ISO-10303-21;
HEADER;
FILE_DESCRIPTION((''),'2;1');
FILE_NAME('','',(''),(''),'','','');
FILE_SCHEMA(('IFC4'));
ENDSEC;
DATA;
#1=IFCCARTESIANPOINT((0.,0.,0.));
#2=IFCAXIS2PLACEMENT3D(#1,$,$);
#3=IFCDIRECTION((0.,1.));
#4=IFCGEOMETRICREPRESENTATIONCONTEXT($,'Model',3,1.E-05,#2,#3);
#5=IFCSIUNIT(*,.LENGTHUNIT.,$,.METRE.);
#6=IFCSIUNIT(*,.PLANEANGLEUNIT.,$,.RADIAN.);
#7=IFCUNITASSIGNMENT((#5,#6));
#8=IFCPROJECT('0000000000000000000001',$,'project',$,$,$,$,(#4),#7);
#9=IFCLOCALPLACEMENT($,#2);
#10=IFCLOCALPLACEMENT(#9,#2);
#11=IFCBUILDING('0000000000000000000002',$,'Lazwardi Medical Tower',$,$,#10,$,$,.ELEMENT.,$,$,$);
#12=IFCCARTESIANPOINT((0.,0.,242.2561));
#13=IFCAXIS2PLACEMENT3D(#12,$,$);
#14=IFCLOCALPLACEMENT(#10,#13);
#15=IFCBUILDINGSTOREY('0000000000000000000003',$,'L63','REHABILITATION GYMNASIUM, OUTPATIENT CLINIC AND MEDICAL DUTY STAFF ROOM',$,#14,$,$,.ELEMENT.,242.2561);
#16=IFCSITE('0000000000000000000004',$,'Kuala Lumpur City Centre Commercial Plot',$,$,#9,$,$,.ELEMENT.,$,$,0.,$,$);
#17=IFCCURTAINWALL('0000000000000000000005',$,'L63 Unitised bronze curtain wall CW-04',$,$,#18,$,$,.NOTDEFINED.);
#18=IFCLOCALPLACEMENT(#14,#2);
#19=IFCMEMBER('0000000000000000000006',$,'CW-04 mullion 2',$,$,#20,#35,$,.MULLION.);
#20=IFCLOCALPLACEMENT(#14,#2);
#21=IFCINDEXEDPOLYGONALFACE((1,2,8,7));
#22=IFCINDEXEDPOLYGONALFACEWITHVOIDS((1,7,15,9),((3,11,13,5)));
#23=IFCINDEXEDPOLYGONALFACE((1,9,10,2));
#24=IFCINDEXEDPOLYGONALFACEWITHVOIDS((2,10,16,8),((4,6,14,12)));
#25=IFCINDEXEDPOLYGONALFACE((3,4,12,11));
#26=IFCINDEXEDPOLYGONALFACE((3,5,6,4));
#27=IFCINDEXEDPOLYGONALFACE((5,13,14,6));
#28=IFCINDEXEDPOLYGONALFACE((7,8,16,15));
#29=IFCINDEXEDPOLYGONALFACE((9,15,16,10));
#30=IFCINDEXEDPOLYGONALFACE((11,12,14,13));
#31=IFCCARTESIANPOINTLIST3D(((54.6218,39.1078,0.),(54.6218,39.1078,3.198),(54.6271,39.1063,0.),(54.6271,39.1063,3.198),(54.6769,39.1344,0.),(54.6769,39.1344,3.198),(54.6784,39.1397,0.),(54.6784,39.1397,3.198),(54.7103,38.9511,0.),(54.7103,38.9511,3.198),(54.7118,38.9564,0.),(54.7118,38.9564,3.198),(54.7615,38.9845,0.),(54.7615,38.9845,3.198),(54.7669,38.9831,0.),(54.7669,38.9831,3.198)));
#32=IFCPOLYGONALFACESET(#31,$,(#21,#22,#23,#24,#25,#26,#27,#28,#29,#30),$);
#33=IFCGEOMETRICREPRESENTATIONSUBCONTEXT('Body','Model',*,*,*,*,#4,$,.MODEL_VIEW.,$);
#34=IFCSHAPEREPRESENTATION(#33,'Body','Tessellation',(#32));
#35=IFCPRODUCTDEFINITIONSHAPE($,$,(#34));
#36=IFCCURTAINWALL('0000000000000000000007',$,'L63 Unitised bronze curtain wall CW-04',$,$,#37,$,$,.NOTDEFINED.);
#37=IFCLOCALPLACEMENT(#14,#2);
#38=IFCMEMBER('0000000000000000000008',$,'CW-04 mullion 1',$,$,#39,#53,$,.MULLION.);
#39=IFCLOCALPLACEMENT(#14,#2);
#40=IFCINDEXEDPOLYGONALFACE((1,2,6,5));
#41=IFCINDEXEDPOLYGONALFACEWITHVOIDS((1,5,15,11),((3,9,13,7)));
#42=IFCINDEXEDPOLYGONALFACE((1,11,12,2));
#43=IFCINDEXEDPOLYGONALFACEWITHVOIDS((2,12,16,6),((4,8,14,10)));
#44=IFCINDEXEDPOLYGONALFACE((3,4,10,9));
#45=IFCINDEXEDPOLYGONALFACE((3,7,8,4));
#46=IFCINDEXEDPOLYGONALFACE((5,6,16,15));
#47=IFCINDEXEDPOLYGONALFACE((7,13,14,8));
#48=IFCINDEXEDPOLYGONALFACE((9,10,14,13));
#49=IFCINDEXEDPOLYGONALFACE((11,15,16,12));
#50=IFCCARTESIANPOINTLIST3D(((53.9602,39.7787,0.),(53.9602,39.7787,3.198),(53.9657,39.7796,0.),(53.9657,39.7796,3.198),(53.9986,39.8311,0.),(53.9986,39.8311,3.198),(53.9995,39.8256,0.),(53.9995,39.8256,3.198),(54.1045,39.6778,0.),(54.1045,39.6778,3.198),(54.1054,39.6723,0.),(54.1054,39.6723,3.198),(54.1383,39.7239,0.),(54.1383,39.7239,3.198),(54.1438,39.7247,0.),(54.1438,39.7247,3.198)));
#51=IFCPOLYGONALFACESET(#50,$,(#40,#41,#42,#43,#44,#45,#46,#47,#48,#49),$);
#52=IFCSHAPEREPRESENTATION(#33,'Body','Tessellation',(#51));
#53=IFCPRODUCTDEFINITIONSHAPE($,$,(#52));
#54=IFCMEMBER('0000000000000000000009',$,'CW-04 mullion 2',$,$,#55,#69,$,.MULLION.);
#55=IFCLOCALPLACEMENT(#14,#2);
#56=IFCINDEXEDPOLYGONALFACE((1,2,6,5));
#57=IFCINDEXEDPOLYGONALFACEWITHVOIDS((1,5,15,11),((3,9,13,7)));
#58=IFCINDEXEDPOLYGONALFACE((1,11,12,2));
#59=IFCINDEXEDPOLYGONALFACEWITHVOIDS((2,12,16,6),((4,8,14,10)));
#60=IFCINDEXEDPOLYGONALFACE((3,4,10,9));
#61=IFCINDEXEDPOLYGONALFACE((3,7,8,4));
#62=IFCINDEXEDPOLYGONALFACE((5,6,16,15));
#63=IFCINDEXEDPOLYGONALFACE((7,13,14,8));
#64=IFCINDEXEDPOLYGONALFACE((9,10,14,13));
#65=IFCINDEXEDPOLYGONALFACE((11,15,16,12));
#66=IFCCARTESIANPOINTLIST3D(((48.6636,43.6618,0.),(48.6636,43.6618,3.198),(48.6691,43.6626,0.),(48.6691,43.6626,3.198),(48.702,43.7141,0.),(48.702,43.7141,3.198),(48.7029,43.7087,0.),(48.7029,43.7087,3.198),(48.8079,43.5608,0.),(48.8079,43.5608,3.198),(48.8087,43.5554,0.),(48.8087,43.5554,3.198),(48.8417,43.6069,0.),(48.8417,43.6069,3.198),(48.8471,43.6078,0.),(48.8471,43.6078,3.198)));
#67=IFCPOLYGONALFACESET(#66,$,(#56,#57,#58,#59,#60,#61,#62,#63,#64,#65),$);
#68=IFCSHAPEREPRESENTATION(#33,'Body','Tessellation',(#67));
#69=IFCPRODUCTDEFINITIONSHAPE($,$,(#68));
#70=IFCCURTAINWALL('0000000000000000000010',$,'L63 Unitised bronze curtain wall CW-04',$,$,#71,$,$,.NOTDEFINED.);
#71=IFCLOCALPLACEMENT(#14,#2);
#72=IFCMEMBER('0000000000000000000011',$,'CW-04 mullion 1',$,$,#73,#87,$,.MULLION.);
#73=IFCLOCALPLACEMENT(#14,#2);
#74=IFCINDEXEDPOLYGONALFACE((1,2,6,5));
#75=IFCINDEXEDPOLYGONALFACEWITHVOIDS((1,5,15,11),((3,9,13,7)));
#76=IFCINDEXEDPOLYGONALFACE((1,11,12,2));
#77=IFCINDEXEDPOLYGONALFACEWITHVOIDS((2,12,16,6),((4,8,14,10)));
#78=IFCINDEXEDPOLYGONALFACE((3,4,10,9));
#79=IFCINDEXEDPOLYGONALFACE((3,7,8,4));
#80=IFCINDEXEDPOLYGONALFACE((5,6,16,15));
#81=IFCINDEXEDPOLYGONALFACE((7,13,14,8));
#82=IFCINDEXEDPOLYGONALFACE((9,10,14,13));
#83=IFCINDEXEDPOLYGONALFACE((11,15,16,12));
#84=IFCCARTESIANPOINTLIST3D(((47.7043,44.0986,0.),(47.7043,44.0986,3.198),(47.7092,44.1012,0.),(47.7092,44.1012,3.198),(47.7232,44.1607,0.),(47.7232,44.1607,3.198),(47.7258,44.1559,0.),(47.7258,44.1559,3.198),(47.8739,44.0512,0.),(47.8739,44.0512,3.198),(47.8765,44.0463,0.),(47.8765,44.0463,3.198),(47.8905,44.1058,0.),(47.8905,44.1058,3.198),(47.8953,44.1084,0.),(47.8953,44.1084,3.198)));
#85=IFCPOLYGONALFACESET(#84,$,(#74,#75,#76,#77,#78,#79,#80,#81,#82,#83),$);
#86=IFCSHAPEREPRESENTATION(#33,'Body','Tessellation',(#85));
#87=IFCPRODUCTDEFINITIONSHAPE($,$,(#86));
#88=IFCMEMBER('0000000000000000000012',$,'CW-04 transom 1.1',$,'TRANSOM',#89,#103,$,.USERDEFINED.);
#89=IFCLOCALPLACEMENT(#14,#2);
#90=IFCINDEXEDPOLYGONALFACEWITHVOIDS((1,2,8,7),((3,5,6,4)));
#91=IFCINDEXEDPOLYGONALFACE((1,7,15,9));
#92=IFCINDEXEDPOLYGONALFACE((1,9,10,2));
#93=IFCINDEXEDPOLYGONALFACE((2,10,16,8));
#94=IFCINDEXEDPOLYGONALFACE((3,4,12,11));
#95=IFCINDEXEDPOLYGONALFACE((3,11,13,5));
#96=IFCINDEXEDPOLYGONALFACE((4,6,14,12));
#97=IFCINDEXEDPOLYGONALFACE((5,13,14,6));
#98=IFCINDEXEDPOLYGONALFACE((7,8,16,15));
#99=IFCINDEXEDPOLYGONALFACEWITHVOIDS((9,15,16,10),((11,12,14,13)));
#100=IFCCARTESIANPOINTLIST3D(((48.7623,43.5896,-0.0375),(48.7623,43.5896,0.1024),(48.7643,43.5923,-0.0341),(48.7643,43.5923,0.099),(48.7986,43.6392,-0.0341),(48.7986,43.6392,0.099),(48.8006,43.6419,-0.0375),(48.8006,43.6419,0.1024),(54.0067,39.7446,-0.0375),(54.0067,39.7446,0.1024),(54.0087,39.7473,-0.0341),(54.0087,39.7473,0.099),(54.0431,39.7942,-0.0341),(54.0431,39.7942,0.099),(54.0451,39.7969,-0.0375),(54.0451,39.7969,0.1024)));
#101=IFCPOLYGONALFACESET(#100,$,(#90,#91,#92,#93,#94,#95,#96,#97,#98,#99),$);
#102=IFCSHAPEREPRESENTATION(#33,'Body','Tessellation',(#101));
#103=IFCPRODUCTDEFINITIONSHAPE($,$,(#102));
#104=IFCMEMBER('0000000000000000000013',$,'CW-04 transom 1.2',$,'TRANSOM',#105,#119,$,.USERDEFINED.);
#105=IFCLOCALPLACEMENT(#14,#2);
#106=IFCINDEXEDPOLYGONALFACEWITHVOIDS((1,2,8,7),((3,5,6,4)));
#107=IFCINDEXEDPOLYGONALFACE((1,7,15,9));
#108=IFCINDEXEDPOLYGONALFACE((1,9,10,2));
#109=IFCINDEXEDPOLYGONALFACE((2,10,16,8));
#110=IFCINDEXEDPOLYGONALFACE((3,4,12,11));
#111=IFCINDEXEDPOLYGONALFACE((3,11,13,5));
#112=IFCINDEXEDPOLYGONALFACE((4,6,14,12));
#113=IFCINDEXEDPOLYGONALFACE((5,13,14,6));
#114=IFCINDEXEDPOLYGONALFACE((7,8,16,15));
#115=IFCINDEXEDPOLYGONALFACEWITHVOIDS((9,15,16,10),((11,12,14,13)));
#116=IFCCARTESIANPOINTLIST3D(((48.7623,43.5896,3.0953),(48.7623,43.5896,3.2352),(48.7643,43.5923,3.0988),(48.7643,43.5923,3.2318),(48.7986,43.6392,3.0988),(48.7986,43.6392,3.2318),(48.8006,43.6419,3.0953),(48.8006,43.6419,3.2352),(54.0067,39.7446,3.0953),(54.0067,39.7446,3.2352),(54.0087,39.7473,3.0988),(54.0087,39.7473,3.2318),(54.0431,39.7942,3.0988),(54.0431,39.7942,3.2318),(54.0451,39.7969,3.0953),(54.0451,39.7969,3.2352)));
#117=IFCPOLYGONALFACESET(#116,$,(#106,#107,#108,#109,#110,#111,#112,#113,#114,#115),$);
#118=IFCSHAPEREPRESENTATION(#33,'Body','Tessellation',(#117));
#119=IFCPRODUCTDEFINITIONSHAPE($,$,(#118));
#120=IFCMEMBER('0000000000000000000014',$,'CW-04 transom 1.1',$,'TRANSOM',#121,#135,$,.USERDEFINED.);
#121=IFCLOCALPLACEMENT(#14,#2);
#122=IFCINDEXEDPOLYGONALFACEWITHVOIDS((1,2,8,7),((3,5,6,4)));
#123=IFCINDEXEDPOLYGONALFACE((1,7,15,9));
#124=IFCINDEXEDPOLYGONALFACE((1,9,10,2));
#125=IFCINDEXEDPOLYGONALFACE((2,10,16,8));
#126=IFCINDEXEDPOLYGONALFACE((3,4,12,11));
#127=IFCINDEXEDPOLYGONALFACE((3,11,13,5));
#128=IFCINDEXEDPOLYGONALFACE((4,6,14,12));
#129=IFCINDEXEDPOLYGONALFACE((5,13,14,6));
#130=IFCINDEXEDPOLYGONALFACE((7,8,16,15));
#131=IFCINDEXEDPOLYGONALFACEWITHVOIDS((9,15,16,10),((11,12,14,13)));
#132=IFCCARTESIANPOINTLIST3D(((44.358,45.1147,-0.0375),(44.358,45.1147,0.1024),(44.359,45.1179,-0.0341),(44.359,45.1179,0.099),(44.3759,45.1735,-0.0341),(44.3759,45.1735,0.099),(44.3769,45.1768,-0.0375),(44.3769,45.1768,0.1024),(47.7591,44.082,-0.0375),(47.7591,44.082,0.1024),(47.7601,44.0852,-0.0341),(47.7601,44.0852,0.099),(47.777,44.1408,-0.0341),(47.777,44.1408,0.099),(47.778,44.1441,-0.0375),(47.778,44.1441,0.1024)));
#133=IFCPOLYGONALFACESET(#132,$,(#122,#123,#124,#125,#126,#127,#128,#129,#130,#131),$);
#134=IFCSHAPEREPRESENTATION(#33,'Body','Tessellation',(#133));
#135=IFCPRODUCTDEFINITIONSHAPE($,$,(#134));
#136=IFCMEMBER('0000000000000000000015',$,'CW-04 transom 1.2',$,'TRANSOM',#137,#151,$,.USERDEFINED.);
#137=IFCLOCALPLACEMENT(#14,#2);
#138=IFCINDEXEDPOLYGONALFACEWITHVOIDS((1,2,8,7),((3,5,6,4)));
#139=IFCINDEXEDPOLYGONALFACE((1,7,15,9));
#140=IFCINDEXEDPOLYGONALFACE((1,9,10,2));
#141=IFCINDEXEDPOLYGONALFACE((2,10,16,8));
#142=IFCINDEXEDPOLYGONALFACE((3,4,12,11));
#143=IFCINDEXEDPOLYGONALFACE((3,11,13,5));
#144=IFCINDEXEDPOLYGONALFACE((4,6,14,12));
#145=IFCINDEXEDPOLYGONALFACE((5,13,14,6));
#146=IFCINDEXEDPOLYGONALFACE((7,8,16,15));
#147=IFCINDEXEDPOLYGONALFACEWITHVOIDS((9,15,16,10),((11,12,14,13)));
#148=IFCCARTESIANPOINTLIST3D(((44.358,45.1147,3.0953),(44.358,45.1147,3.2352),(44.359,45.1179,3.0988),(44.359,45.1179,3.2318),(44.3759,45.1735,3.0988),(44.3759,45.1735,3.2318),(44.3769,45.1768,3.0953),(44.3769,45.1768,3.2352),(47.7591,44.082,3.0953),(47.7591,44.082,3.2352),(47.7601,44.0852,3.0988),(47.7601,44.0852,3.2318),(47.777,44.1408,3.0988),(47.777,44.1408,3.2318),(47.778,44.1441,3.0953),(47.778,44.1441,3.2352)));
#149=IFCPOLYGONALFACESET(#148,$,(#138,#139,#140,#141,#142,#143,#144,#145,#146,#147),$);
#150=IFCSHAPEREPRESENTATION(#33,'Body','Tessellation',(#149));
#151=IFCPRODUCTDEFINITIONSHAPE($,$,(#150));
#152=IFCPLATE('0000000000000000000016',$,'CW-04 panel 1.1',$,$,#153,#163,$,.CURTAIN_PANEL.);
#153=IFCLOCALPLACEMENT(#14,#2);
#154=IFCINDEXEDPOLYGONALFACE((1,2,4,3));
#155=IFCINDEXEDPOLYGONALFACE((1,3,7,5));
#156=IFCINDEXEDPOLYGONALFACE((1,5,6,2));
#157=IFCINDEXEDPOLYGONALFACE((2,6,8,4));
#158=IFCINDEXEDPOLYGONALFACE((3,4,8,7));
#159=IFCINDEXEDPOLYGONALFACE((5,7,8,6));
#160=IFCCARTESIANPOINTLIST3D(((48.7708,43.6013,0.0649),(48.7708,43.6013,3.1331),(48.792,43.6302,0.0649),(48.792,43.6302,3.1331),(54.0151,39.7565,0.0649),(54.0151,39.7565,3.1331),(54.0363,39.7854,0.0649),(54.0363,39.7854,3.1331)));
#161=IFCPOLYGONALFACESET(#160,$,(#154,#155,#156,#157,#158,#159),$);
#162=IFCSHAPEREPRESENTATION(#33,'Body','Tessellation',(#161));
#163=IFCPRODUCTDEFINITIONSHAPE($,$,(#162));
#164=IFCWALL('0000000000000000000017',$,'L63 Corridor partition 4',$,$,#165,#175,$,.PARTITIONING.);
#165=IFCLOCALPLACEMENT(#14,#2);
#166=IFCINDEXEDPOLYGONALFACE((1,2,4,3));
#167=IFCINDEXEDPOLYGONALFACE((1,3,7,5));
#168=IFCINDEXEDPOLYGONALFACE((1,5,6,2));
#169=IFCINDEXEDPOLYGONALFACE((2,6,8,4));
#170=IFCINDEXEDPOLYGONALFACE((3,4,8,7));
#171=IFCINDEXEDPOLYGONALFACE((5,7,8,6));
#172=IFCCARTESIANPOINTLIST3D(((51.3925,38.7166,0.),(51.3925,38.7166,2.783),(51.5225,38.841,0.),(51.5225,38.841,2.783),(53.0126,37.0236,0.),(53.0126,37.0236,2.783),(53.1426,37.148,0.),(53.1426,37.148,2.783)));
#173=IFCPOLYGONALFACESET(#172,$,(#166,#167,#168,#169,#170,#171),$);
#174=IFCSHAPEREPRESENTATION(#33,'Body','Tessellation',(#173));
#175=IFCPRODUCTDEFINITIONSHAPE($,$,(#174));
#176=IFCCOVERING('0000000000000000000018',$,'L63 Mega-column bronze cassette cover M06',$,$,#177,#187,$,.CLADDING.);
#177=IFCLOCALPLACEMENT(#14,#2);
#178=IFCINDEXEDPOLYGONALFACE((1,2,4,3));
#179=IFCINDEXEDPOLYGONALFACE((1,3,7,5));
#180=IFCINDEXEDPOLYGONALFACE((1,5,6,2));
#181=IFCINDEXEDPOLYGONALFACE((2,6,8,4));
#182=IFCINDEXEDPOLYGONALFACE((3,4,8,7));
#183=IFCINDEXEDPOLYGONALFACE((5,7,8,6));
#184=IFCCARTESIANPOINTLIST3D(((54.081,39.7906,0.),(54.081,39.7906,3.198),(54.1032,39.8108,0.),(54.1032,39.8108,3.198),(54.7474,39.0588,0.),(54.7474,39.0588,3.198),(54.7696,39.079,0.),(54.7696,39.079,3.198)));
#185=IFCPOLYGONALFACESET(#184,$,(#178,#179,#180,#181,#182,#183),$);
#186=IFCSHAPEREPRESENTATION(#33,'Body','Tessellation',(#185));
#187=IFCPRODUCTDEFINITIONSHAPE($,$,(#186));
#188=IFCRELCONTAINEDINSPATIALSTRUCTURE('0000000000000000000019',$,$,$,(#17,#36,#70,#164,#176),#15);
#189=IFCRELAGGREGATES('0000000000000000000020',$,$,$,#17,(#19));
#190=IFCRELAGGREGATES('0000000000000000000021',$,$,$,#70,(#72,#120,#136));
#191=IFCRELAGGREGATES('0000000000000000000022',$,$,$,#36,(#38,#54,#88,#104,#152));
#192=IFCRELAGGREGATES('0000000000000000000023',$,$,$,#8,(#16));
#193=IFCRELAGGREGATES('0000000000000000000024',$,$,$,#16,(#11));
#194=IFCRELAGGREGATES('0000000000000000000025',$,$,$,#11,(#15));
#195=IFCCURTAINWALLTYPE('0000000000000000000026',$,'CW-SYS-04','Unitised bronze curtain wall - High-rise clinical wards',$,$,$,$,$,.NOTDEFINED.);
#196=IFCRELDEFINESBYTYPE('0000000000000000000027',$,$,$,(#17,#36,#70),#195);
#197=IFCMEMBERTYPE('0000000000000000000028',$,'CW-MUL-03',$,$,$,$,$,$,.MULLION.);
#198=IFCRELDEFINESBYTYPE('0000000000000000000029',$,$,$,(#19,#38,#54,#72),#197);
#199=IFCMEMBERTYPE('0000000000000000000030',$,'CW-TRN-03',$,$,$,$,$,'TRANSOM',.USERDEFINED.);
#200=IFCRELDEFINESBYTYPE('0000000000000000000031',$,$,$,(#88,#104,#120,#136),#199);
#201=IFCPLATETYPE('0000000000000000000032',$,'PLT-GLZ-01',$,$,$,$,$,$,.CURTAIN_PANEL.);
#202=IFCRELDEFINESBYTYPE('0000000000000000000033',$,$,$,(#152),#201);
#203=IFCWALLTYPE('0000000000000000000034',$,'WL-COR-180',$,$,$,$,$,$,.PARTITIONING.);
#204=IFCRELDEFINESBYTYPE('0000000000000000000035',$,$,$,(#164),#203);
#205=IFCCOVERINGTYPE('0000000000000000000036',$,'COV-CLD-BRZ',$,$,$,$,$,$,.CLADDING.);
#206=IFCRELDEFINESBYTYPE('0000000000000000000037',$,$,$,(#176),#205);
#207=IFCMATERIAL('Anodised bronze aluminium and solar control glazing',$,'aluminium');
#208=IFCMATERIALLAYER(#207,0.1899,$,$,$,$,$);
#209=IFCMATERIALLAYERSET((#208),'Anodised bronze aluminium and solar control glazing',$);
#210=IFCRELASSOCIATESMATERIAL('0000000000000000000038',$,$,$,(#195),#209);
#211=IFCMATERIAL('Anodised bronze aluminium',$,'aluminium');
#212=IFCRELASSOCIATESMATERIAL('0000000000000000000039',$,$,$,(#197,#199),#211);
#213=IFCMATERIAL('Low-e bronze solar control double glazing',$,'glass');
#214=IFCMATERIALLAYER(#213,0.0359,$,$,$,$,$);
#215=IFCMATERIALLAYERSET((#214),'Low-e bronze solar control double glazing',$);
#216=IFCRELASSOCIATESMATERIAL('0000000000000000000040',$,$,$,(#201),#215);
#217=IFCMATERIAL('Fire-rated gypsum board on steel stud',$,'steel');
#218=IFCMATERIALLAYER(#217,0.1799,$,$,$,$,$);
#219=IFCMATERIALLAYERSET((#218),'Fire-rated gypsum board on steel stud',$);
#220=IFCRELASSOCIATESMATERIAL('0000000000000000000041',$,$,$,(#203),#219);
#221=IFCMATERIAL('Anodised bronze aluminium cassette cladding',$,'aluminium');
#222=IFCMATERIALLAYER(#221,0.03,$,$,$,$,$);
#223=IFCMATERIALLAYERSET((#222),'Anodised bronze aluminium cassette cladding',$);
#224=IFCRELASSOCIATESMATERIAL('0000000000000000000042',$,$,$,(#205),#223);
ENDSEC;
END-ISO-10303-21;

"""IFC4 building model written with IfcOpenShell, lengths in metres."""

from ifc_helpers import new_model, si_unit, direction, frame, frame_2d, origin, origin_2d, place, context, subcontext, project, spatial, rectangle, hollow_rectangle, extrude, material, layer, layer_set, material_profile, profile_set, type_object, element, aggregate, save


model = new_model("IFC4")

# Units and contexts
model_context = context("Model", 3, precision=1e-05, world=origin(), true_north=direction((0.0, 1.0)))
body_context = subcontext(model_context, "Body", "Model", "MODEL_VIEW")
ifc_project = project(units=[si_unit("LENGTHUNIT", "METRE"), si_unit("PLANEANGLEUNIT", "RADIAN")], contexts=[model_context])

# Site, building, storey
site_placement = place(None, origin())
site = spatial("IfcSite", under=ifc_project, at=site_placement, Name="Kuala Lumpur City Centre Commercial Plot", CompositionType="ELEMENT", RefElevation=0.0)
building_placement = place(site_placement, origin())
building = spatial("IfcBuilding", under=site, at=building_placement, Name="Lazwardi Medical Tower", CompositionType="ELEMENT")
storey_placement = place(building_placement, frame((0.0, 0.0, 242.2561)))
storey = spatial("IfcBuildingStorey", under=building, at=storey_placement, Name="L63", Description="REHABILITATION GYMNASIUM, OUTPATIENT CLINIC AND MEDICAL DUTY STAFF ROOM", CompositionType="ELEMENT", Elevation=242.2561)

# Curtain wall, member
ifc_material_1 = material(Name="Anodised bronze aluminium and solar control glazing", Category="aluminium")
ifc_layer_1 = layer(ifc_material_1, 0.1899)
ifc_layer_set_1 = layer_set([ifc_layer_1], Name="Anodised bronze aluminium and solar control glazing")
curtain_wall_type = type_object("IfcCurtainWallType", Name="CW-SYS-04", Description="Unitised bronze curtain wall - High-rise clinical wards", PredefinedType="NOTDEFINED", material=ifc_layer_set_1)
curtain_wall_1_placement = place(storey_placement, origin())
curtain_wall_1 = element("IfcCurtainWall", 1, at=curtain_wall_1_placement, inside=storey, type_object=curtain_wall_type, Name="L63 Unitised bronze curtain wall CW-04", PredefinedType="NOTDEFINED")
ifc_material_2 = material(Name="Anodised bronze aluminium", Category="aluminium")
ifc_material_profile_1 = material_profile(ifc_material_2, hollow_rectangle(XDim=0.0649, YDim=0.1799, WallThickness=0.0039, at=origin_2d()), Name="ALU-MULLION 180x65x4")
ifc_profile_set_1 = profile_set([ifc_material_profile_1], Name="Anodised bronze aluminium")
member_type_1 = type_object("IfcMemberType", Name="CW-MUL-03", PredefinedType="MULLION", material=ifc_profile_set_1)
member_1_placement = place(storey_placement, frame((54.6943, 39.0454, 0.0), z_axis=(0.0, 0.0, 1.0), x_axis=(-0.870651, -0.4919, 0.0)))
member_1 = element("IfcMember", 2, at=member_1_placement, type_object=member_type_1, Name="CW-04 mullion 2", PredefinedType="MULLION", context=body_context, shape_type="SweptSolid", body=[
    extrude(hollow_rectangle(XDim=0.0649, YDim=0.1799, WallThickness=0.0039, at=origin_2d()), origin(), (0.0, 0.0, 1.0), 3.198),
])
aggregate(curtain_wall_1, [member_1])

# Curtain wall, members
curtain_wall_2_placement = place(storey_placement, origin())
curtain_wall_2 = element("IfcCurtainWall", 3, at=curtain_wall_2_placement, inside=storey, type_object=curtain_wall_type, Name="L63 Unitised bronze curtain wall CW-04", PredefinedType="NOTDEFINED")
member_2_placement = place(storey_placement, frame((54.052, 39.7517, 0.0), z_axis=(0.0, 0.0, 1.0), x_axis=(-0.591268, -0.806475, 0.0)))
member_2 = element("IfcMember", 4, at=member_2_placement, type_object=member_type_1, Name="CW-04 mullion 1", PredefinedType="MULLION", context=body_context, shape_type="SweptSolid", body=[
    extrude(hollow_rectangle(XDim=0.0649, YDim=0.1799, WallThickness=0.0039, at=origin_2d()), origin(), (0.0, 0.0, 1.0), 3.198),
])
member_3_placement = place(storey_placement, frame((48.7554, 43.6348, 0.0), z_axis=(0.0, 0.0, 1.0), x_axis=(-0.591268, -0.806475, 0.0)))
member_3 = element("IfcMember", 5, at=member_3_placement, type_object=member_type_1, Name="CW-04 mullion 2", PredefinedType="MULLION", context=body_context, shape_type="SweptSolid", body=[
    extrude(hollow_rectangle(XDim=0.0649, YDim=0.1799, WallThickness=0.0039, at=origin_2d()), origin(), (0.0, 0.0, 1.0), 3.198),
])

# Curtain wall, member
curtain_wall_3_placement = place(storey_placement, origin())
curtain_wall_3 = element("IfcCurtainWall", 6, at=curtain_wall_3_placement, inside=storey, type_object=curtain_wall_type, Name="L63 Unitised bronze curtain wall CW-04", PredefinedType="NOTDEFINED")
member_4_placement = place(storey_placement, frame((47.7998, 44.1035, 0.0), z_axis=(0.0, 0.0, 1.0), x_axis=(-0.290582, -0.95685, 0.0)))
member_4 = element("IfcMember", 7, at=member_4_placement, type_object=member_type_1, Name="CW-04 mullion 1", PredefinedType="MULLION", context=body_context, shape_type="SweptSolid", body=[
    extrude(hollow_rectangle(XDim=0.0649, YDim=0.1799, WallThickness=0.0039, at=origin_2d()), origin(), (0.0, 0.0, 1.0), 3.198),
])

# Members
ifc_material_profile_2 = material_profile(ifc_material_2, hollow_rectangle(XDim=0.0649, YDim=0.1399, WallThickness=0.0034, at=origin_2d()), Name="ALU-TRANSOM 140x65x3.5")
ifc_profile_set_2 = profile_set([ifc_material_profile_2], Name="Anodised bronze aluminium")
member_type_2 = type_object("IfcMemberType", Name="CW-TRN-03", ElementType="TRANSOM", PredefinedType="USERDEFINED", material=ifc_profile_set_2)
member_5_placement = place(storey_placement, frame((54.0259, 39.7708, 0.0325), z_axis=(-0.806472, 0.591273, 0.0), x_axis=(-0.591273, -0.806472, 0.0)))
member_5 = element("IfcMember", 8, at=member_5_placement, type_object=member_type_2, Name="CW-04 transom 1.1", ObjectType="TRANSOM", PredefinedType="USERDEFINED", context=body_context, shape_type="SweptSolid", body=[
    extrude(hollow_rectangle(XDim=0.0649, YDim=0.1399, WallThickness=0.0034, at=origin_2d()), origin(), (0.0, 0.0, 1.0), 6.5029),
])
member_6_placement = place(storey_placement, frame((54.0259, 39.7708, 3.1653), z_axis=(-0.806472, 0.591273, 0.0), x_axis=(-0.591273, -0.806472, 0.0)))
member_6 = element("IfcMember", 9, at=member_6_placement, type_object=member_type_2, Name="CW-04 transom 1.2", ObjectType="TRANSOM", PredefinedType="USERDEFINED", context=body_context, shape_type="SweptSolid", body=[
    extrude(hollow_rectangle(XDim=0.0649, YDim=0.1399, WallThickness=0.0034, at=origin_2d()), origin(), (0.0, 0.0, 1.0), 6.5029),
])
member_7_placement = place(storey_placement, frame((47.7686, 44.113, 0.0325), z_axis=(-0.956863, 0.290541, 0.0), x_axis=(-0.290541, -0.956863, 0.0)))
member_7 = element("IfcMember", 10, at=member_7_placement, type_object=member_type_2, Name="CW-04 transom 1.1", ObjectType="TRANSOM", PredefinedType="USERDEFINED", context=body_context, shape_type="SweptSolid", body=[
    extrude(hollow_rectangle(XDim=0.0649, YDim=0.1399, WallThickness=0.0034, at=origin_2d()), origin(), (0.0, 0.0, 1.0), 3.5544),
])
member_8_placement = place(storey_placement, frame((47.7686, 44.113, 3.1653), z_axis=(-0.956863, 0.290541, 0.0), x_axis=(-0.290541, -0.956863, 0.0)))
member_8 = element("IfcMember", 11, at=member_8_placement, type_object=member_type_2, Name="CW-04 transom 1.2", ObjectType="TRANSOM", PredefinedType="USERDEFINED", context=body_context, shape_type="SweptSolid", body=[
    extrude(hollow_rectangle(XDim=0.0649, YDim=0.1399, WallThickness=0.0034, at=origin_2d()), origin(), (0.0, 0.0, 1.0), 3.5544),
])
aggregate(curtain_wall_3, [member_4, member_7, member_8])

# Plate
ifc_material_3 = material(Name="Low-e bronze solar control double glazing", Category="glass")
ifc_layer_2 = layer(ifc_material_3, 0.0359)
ifc_layer_set_2 = layer_set([ifc_layer_2], Name="Low-e bronze solar control double glazing")
plate_type = type_object("IfcPlateType", Name="PLT-GLZ-01", PredefinedType="CURTAIN_PANEL", material=ifc_layer_set_2)
plate_placement = place(storey_placement, frame((51.4036, 41.6934, 0.0649), z_axis=(0.0, 0.0, 1.0), x_axis=(-0.806475, 0.591268, 0.0)))
plate = element("IfcPlate", 12, at=plate_placement, type_object=plate_type, Name="CW-04 panel 1.1", PredefinedType="CURTAIN_PANEL", context=body_context, shape_type="SweptSolid", body=[
    extrude(rectangle(XDim=6.5027, YDim=0.0359, at=origin_2d()), origin(), (0.0, 0.0, 1.0), 3.0681),
])
aggregate(curtain_wall_2, [member_2, member_3, member_5, member_6, plate])

# Wall
ifc_material_4 = material(Name="Fire-rated gypsum board on steel stud", Category="steel")
ifc_layer_3 = layer(ifc_material_4, 0.1799)
ifc_layer_set_3 = layer_set([ifc_layer_3], Name="Fire-rated gypsum board on steel stud")
wall_type = type_object("IfcWallType", Name="WL-COR-180", PredefinedType="PARTITIONING", material=ifc_layer_set_3)
wall_placement = place(storey_placement, frame((51.4575, 38.7788, 0.0), z_axis=(0.0, 0.0, 1.0), x_axis=(0.69136, -0.722511, 0.0)))
element("IfcWall", 13, at=wall_placement, inside=storey, type_object=wall_type, Name="L63 Corridor partition 4", PredefinedType="PARTITIONING", context=body_context, shape_type="SweptSolid", body=[
    extrude(rectangle(XDim=2.3433, YDim=0.1799, at=frame_2d((1.1716, 0.0))), origin(), (0.0, 0.0, 1.0), 2.783),
])

# Covering
ifc_material_5 = material(Name="Anodised bronze aluminium cassette cladding", Category="aluminium")
ifc_layer_4 = layer(ifc_material_5, 0.03)
ifc_layer_set_4 = layer_set([ifc_layer_4], Name="Anodised bronze aluminium cassette cladding")
covering_type = type_object("IfcCoveringType", Name="COV-CLD-BRZ", PredefinedType="CLADDING", material=ifc_layer_set_4)
covering_1_placement = place(storey_placement, frame((54.4253, 39.4348, 0.0), z_axis=(0.0, 0.0, 1.0), x_axis=(-0.673241, 0.739423, 0.0)))
element("IfcCovering", 14, at=covering_1_placement, inside=storey, type_object=covering_type, Name="L63 Mega-column bronze cassette cover M06", PredefinedType="CLADDING", context=body_context, shape_type="SweptSolid", body=[
    extrude(rectangle(XDim=0.9897, YDim=0.03, at=origin_2d()), origin(), (0.0, 0.0, 1.0), 3.198),
])

save(model, "model.ifc")
